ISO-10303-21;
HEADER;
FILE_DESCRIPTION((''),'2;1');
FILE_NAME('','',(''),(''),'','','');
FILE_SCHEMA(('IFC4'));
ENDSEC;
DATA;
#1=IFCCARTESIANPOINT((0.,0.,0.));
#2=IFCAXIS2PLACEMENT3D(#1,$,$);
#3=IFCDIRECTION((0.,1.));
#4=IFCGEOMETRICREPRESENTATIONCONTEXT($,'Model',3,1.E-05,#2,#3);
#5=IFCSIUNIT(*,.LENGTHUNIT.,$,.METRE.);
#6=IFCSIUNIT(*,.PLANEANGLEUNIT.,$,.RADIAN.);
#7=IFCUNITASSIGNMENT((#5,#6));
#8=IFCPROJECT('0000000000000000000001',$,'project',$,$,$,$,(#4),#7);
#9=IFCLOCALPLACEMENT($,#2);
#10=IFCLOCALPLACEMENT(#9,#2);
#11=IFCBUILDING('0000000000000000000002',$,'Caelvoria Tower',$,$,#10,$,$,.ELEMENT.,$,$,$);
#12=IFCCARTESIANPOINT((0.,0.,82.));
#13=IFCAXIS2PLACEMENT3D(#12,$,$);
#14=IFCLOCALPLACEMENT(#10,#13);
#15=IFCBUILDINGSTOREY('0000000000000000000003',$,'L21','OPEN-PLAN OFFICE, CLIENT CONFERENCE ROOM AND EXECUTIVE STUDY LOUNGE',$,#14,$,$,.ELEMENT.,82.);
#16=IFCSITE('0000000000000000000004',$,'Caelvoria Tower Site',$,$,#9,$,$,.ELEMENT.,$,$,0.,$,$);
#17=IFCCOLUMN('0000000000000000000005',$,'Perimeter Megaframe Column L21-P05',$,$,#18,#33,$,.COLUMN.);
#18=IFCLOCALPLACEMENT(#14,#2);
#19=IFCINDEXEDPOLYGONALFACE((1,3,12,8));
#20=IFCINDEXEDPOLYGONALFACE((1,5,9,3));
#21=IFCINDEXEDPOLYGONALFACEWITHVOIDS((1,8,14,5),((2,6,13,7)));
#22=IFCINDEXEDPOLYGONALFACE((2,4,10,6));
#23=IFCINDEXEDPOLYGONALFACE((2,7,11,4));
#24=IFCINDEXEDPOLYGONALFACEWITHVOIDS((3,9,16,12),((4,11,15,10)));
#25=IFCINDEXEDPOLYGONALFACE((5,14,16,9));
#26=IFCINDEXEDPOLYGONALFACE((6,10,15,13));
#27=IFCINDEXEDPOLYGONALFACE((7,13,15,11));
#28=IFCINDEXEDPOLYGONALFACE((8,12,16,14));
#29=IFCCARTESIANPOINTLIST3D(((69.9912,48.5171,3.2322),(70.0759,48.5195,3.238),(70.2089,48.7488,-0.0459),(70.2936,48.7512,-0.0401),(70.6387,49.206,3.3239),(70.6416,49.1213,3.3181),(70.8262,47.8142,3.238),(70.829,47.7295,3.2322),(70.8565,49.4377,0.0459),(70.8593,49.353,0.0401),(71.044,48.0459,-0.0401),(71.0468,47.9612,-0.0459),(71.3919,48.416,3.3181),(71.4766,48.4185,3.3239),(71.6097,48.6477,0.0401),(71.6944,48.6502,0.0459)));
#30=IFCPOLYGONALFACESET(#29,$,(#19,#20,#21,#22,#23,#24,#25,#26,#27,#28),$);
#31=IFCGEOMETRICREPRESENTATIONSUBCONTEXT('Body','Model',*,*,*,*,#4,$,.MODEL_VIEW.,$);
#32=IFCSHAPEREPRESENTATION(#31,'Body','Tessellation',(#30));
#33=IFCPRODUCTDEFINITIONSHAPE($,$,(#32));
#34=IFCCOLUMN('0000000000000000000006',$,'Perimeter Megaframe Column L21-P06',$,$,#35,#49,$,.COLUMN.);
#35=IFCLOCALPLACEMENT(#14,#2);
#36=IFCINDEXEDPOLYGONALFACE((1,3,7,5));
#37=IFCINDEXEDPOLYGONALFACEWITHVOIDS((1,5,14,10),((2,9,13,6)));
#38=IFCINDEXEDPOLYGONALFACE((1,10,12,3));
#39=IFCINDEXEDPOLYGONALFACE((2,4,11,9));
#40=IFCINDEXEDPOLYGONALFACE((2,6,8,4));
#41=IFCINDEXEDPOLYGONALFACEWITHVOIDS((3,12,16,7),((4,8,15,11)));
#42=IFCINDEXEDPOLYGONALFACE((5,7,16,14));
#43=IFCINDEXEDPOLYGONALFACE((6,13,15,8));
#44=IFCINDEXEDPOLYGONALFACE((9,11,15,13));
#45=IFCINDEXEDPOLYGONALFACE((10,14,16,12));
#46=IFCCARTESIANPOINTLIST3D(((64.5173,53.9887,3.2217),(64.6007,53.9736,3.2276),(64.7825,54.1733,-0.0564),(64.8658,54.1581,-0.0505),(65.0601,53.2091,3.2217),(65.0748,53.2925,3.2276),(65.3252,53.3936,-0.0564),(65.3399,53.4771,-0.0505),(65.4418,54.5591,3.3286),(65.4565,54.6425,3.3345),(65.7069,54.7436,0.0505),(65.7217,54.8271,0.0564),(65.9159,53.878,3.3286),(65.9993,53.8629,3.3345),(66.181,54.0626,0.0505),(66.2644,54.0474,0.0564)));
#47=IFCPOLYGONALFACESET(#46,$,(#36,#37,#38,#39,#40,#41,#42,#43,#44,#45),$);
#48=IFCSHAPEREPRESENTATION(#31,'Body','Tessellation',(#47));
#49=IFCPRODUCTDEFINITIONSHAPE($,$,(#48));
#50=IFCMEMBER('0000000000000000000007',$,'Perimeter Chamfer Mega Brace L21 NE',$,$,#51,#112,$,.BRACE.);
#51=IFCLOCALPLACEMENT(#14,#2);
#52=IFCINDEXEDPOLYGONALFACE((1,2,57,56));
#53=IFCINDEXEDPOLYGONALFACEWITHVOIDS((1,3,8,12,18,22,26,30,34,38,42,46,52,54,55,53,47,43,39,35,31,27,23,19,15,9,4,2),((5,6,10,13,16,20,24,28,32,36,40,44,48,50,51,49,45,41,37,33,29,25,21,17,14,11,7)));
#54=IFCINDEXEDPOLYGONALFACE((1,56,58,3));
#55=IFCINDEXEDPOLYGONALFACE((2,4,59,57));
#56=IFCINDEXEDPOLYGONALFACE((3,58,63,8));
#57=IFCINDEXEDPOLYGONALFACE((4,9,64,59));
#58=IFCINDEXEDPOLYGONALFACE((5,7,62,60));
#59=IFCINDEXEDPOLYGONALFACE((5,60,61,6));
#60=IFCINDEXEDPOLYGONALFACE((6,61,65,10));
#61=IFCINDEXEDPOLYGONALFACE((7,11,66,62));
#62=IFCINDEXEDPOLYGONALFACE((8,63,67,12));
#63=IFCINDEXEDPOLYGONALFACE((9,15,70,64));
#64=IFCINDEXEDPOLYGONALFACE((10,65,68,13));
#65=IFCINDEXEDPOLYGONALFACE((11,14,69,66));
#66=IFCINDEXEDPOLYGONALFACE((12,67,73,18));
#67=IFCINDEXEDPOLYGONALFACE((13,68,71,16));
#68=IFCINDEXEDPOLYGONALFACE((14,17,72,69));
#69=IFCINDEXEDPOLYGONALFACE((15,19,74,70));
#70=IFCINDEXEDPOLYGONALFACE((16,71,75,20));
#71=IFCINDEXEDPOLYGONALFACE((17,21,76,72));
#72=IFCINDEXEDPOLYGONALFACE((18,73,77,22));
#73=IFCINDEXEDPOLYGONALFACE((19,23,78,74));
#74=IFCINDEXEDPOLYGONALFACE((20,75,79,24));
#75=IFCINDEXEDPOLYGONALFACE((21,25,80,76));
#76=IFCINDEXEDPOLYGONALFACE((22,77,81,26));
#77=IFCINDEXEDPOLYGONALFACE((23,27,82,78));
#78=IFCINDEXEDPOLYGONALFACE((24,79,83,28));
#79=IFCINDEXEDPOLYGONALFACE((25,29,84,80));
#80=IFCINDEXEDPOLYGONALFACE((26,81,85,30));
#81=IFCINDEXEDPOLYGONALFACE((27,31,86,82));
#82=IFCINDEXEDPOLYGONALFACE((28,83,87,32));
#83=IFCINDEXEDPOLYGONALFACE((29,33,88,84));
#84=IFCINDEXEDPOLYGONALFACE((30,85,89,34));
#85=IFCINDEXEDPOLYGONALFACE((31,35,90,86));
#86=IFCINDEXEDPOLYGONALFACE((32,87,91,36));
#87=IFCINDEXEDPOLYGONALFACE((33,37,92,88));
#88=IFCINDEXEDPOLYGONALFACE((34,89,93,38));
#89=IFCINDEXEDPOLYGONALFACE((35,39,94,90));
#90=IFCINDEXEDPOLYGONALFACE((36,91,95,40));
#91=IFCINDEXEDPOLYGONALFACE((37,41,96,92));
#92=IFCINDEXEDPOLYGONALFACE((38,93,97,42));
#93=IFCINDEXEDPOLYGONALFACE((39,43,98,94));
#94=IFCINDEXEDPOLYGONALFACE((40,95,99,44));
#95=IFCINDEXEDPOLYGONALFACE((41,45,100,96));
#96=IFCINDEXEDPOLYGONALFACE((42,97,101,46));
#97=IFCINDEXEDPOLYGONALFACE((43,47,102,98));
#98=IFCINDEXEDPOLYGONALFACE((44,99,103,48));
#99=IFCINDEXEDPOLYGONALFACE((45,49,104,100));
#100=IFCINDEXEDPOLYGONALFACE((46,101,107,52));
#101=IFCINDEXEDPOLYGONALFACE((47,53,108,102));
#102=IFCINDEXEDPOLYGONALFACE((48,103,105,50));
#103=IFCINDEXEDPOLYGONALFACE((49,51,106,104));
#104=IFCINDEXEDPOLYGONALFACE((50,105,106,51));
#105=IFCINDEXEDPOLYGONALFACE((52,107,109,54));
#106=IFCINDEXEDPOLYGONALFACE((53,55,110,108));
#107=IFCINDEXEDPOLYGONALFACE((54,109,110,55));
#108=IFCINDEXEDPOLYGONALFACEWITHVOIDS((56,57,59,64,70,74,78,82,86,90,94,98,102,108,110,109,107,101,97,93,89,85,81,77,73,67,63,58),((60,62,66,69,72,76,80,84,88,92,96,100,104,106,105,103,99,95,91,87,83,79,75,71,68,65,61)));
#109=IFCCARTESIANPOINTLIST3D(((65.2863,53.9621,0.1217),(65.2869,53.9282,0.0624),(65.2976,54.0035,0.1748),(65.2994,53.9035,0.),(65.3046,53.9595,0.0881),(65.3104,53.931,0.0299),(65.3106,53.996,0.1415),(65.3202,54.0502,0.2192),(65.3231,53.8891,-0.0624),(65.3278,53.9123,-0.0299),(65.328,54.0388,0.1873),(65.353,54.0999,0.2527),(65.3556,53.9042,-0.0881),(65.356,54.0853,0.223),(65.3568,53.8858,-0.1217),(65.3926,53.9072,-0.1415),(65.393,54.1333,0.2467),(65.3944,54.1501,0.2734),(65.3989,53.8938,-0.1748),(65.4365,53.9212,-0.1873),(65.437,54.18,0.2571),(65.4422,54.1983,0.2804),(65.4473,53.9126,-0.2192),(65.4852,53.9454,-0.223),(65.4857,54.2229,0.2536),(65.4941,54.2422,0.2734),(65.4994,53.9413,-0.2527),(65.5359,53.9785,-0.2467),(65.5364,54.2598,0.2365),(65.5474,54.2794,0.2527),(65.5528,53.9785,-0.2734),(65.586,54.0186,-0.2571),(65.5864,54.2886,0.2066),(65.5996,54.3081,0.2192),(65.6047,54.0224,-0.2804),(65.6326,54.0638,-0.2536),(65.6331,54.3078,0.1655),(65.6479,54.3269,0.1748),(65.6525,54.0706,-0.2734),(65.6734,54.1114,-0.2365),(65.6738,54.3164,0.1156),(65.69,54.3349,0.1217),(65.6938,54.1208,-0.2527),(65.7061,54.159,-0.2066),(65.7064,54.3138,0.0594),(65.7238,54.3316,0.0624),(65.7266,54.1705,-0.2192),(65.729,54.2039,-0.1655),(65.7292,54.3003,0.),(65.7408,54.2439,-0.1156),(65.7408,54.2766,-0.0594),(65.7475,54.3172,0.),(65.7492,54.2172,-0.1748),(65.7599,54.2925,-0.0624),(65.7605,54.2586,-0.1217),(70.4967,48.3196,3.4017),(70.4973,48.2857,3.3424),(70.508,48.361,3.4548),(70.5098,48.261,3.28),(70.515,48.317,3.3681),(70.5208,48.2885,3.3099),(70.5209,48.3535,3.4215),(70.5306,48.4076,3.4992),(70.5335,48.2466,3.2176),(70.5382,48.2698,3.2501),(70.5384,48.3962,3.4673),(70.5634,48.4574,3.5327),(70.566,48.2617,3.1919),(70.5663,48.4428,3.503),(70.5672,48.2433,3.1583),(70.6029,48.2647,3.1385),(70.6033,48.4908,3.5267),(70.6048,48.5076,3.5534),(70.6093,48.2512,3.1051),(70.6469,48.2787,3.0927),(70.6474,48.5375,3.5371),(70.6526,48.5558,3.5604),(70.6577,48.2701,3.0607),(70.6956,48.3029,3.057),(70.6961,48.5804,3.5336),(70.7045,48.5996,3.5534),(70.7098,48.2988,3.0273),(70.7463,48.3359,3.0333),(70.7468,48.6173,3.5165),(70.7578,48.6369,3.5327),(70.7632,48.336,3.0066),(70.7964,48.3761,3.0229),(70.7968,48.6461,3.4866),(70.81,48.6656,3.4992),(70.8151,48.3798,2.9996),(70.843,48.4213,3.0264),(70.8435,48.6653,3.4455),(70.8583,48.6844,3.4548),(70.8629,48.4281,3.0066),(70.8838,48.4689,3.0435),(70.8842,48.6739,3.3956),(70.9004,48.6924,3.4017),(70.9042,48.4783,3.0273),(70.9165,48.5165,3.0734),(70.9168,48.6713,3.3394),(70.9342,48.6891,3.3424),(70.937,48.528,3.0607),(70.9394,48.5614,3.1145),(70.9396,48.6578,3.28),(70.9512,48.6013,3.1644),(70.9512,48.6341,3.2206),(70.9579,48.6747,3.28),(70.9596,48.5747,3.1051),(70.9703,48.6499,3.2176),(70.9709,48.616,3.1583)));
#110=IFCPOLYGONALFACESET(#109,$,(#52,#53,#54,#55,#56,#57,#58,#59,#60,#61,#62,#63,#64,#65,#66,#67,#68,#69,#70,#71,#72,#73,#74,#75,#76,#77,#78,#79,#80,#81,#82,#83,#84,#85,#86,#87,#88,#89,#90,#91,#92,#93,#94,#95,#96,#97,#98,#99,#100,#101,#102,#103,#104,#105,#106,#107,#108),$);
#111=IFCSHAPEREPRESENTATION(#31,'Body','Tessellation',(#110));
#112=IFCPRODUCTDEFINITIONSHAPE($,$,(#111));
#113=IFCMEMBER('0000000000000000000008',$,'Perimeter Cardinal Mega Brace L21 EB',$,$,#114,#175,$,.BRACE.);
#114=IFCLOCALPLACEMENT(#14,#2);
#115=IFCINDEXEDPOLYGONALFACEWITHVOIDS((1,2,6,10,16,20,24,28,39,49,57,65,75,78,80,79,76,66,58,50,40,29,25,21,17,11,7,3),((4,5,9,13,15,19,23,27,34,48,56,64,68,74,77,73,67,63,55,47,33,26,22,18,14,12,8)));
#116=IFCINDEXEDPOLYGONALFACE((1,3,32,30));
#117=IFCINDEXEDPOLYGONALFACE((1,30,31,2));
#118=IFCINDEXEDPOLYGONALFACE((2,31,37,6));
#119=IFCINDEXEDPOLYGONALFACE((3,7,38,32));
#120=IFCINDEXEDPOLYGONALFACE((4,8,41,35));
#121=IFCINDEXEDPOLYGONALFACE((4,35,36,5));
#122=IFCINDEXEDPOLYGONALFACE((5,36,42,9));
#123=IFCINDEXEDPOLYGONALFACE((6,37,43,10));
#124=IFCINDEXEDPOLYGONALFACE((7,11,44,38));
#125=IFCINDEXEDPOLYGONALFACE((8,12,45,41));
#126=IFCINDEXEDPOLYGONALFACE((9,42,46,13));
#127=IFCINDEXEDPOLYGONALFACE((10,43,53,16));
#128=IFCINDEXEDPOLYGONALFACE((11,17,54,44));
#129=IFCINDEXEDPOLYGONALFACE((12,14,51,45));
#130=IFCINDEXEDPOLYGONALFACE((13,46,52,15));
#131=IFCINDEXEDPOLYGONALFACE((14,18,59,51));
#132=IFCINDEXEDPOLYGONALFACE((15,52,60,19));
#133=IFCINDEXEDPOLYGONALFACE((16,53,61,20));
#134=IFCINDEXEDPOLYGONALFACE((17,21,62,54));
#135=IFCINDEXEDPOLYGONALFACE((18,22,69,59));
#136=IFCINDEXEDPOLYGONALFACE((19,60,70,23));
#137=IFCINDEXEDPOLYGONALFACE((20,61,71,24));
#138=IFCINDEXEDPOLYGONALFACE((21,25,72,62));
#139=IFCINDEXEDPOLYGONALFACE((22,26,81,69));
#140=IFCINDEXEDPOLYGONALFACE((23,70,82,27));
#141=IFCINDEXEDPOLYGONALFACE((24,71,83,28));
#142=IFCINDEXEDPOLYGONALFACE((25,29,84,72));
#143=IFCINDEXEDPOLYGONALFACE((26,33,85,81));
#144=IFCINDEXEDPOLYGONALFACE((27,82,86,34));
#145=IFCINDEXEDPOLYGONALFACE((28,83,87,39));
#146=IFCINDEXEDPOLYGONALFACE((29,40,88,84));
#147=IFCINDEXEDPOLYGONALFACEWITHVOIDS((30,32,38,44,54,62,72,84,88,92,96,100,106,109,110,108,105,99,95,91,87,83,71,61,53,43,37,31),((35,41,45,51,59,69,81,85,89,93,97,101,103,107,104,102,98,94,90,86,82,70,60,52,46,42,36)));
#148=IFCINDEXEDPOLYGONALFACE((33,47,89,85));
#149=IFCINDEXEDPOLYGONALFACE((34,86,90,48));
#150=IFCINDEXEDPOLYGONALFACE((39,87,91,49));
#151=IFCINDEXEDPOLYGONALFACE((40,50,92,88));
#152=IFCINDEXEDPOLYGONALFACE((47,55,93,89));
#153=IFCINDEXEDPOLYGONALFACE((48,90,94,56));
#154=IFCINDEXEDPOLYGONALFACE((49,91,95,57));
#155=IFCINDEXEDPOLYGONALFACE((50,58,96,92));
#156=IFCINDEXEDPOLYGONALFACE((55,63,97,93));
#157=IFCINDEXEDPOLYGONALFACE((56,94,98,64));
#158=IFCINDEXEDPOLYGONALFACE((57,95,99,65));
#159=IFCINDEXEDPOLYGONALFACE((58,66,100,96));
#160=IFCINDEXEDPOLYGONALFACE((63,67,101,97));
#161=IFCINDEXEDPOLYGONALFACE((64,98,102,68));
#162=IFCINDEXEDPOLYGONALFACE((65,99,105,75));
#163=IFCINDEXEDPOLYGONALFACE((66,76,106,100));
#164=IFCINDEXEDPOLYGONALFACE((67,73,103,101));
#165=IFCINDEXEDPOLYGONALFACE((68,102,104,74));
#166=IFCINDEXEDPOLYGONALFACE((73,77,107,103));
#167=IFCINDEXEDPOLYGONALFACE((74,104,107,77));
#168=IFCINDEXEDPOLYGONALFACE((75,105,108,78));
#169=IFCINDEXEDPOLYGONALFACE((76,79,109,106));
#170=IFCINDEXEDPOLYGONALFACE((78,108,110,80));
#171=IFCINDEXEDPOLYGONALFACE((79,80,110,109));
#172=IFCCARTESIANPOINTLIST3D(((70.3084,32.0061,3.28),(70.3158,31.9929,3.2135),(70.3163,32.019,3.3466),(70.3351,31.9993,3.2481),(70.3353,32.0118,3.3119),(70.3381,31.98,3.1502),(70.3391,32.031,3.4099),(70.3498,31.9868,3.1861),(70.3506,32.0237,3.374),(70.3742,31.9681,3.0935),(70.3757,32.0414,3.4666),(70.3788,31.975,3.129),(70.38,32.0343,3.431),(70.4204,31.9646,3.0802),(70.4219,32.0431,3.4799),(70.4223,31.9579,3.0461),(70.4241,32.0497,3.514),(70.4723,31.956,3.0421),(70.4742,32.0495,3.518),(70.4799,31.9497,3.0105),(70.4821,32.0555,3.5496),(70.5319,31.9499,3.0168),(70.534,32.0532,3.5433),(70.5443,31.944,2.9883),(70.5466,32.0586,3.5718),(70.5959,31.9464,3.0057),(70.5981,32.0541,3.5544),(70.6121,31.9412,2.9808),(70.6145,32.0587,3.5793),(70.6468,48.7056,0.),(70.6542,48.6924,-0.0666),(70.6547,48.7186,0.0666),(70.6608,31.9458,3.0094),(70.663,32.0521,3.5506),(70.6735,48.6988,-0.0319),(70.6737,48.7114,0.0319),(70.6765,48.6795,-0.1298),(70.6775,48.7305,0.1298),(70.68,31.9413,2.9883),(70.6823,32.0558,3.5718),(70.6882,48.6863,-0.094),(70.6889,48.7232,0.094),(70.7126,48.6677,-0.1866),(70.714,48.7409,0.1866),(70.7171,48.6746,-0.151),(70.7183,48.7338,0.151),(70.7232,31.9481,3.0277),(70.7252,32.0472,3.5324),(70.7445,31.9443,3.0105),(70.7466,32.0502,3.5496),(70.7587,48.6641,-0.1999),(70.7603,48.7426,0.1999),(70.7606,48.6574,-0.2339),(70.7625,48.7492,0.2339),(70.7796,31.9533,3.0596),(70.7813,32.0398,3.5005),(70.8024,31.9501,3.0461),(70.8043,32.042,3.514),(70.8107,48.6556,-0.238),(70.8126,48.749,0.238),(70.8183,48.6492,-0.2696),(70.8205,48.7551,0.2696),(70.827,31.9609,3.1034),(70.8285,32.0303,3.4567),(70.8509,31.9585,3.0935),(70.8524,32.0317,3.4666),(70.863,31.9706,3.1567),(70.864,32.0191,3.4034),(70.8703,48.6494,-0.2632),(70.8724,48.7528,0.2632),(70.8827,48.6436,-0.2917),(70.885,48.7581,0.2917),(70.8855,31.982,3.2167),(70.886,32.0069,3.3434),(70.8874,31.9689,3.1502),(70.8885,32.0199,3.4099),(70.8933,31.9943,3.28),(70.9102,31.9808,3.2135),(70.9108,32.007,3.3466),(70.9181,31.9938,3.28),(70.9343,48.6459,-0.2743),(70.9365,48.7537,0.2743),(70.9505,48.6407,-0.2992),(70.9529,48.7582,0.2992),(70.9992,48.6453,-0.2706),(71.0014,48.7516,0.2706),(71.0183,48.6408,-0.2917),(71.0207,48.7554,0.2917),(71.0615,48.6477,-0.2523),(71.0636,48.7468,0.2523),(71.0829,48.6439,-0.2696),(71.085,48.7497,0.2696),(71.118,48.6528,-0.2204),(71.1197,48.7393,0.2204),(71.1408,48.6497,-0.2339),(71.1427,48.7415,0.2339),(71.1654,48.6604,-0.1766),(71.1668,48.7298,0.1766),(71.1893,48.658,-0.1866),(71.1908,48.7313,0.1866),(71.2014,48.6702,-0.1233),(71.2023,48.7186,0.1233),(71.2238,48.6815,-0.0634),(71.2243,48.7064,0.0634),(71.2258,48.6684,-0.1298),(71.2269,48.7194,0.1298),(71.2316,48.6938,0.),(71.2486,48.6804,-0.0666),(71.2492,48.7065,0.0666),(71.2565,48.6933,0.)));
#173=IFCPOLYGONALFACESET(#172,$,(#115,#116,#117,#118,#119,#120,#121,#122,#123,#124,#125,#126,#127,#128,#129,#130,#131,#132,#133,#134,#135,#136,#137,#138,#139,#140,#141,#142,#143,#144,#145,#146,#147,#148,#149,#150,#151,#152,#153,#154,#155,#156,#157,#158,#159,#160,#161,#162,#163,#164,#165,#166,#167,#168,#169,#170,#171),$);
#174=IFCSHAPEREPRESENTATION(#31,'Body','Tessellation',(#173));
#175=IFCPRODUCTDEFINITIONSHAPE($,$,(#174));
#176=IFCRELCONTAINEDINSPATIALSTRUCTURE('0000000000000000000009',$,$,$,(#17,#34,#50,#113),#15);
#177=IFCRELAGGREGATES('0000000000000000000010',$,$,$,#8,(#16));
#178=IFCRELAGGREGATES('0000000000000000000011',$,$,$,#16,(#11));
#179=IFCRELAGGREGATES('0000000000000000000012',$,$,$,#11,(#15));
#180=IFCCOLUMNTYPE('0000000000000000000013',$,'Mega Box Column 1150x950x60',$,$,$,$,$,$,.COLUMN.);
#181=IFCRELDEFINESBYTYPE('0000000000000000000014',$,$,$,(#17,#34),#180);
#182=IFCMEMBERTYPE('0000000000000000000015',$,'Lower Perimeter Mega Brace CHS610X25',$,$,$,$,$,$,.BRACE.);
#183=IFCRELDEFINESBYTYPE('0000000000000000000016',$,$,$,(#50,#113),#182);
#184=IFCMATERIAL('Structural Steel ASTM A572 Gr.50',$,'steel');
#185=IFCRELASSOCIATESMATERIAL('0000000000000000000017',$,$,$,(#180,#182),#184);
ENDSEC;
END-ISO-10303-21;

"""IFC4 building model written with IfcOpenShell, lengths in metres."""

from ifc_helpers import new_model, si_unit, direction, frame, origin, origin_2d, place, context, subcontext, project, spatial, hollow_rectangle, hollow_circle, extrude, material, material_profile, profile_set, type_object, element, save


model = new_model("IFC4")

# Units and contexts
model_context = context("Model", 3, precision=1e-05, world=origin(), true_north=direction((0.0, 1.0)))
body_context = subcontext(model_context, "Body", "Model", "MODEL_VIEW")
ifc_project = project(units=[si_unit("LENGTHUNIT", "METRE"), si_unit("PLANEANGLEUNIT", "RADIAN")], contexts=[model_context])

# Site, building, storey
site_placement = place(None, origin())
site = spatial("IfcSite", under=ifc_project, at=site_placement, Name="Caelvoria Tower Site", CompositionType="ELEMENT", RefElevation=0.0)
building_placement = place(site_placement, origin())
building = spatial("IfcBuilding", under=site, at=building_placement, Name="Caelvoria Tower", CompositionType="ELEMENT")
storey_placement = place(building_placement, frame((0.0, 0.0, 82.0)))
storey = spatial("IfcBuildingStorey", under=building, at=storey_placement, Name="L21", Description="OPEN-PLAN OFFICE, CLIENT CONFERENCE ROOM AND EXECUTIVE STUDY LOUNGE", CompositionType="ELEMENT", Elevation=82.0)

# Columns
ifc_material_1 = material(Name="Structural Steel ASTM A572 Gr.50", Category="steel")
ifc_material_profile_1 = material_profile(ifc_material_1, hollow_rectangle(XDim=0.95, YDim=1.1499, WallThickness=0.0601, at=origin_2d()), Name="Structural Steel ASTM A572 Gr.50")
ifc_profile_set_1 = profile_set([ifc_material_profile_1], Name="BOX1150X950X60 - Structural Steel ASTM A572 Gr.50")
column_type = type_object("IfcColumnType", Name="Mega Box Column 1150x950x60", PredefinedType="COLUMN", material=ifc_profile_set_1)
column_1_placement = place(storey_placement, frame((70.9517, 48.6995, 0.0), z_axis=(-0.066123, -0.070348, 0.995329), x_axis=(0.681686, 0.725247, 0.096546)))
element("IfcColumn", 1, at=column_1_placement, inside=storey, type_object=column_type, Name="Perimeter Megaframe Column L21-P05", PredefinedType="COLUMN", context=body_context, shape_type="SweptSolid", body=[
    extrude(hollow_rectangle(XDim=0.95, YDim=1.1499, WallThickness=0.0601, at=origin_2d()), origin(), (0.0, 0.0, 1.0), 3.2935),
])
column_2_placement = place(storey_placement, frame((65.5234, 54.1104, 0.0), z_axis=(-0.080492, -0.056033, 0.995179), x_axis=(0.57133, -0.82072, 0.0)))
element("IfcColumn", 2, at=column_2_placement, inside=storey, type_object=column_type, Name="Perimeter Megaframe Column L21-P06", PredefinedType="COLUMN", context=body_context, shape_type="SweptSolid", body=[
    extrude(hollow_rectangle(XDim=0.95, YDim=1.1499, WallThickness=0.0601, at=origin_2d()), origin(), (0.0, 0.0, 1.0), 3.2939),
])

# Members
ifc_material_profile_2 = material_profile(ifc_material_1, hollow_circle(Radius=0.3049, WallThickness=0.0249, at=origin_2d()), Name="Structural Steel ASTM A572 Gr.50")
ifc_profile_set_2 = profile_set([ifc_material_profile_2], Name="CHS610X25 - Structural Steel ASTM A572 Gr.50")
member_type = type_object("IfcMemberType", Name="Lower Perimeter Mega Brace CHS610X25", PredefinedType="BRACE", material=ifc_profile_set_2)
member_1_placement = place(storey_placement, frame((65.5234, 54.1104, 0.0), z_axis=(0.6239, -0.675644, 0.392752), x_axis=(0.734679, 0.678415, 0.0)))
element("IfcMember", 3, at=member_1_placement, inside=storey, type_object=member_type, Name="Perimeter Chamfer Mega Brace L21 NE", PredefinedType="BRACE", context=body_context, shape_type="SweptSolid", body=[
    extrude(hollow_circle(Radius=0.3049, WallThickness=0.0249, at=origin_2d()), origin(), (0.0, 0.0, 1.0), 8.3513),
])
member_2_placement = place(storey_placement, frame((70.9517, 48.6995, 0.0), z_axis=(-0.019879, -0.981057, 0.192695), x_axis=(0.999795, -0.020259, 0.0)))
element("IfcMember", 4, at=member_2_placement, inside=storey, type_object=member_type, Name="Perimeter Cardinal Mega Brace L21 EB", PredefinedType="BRACE", context=body_context, shape_type="SweptSolid", body=[
    extrude(hollow_circle(Radius=0.3049, WallThickness=0.0249, at=origin_2d()), origin(), (0.0, 0.0, 1.0), 17.022),
])

save(model, "model.ifc")
